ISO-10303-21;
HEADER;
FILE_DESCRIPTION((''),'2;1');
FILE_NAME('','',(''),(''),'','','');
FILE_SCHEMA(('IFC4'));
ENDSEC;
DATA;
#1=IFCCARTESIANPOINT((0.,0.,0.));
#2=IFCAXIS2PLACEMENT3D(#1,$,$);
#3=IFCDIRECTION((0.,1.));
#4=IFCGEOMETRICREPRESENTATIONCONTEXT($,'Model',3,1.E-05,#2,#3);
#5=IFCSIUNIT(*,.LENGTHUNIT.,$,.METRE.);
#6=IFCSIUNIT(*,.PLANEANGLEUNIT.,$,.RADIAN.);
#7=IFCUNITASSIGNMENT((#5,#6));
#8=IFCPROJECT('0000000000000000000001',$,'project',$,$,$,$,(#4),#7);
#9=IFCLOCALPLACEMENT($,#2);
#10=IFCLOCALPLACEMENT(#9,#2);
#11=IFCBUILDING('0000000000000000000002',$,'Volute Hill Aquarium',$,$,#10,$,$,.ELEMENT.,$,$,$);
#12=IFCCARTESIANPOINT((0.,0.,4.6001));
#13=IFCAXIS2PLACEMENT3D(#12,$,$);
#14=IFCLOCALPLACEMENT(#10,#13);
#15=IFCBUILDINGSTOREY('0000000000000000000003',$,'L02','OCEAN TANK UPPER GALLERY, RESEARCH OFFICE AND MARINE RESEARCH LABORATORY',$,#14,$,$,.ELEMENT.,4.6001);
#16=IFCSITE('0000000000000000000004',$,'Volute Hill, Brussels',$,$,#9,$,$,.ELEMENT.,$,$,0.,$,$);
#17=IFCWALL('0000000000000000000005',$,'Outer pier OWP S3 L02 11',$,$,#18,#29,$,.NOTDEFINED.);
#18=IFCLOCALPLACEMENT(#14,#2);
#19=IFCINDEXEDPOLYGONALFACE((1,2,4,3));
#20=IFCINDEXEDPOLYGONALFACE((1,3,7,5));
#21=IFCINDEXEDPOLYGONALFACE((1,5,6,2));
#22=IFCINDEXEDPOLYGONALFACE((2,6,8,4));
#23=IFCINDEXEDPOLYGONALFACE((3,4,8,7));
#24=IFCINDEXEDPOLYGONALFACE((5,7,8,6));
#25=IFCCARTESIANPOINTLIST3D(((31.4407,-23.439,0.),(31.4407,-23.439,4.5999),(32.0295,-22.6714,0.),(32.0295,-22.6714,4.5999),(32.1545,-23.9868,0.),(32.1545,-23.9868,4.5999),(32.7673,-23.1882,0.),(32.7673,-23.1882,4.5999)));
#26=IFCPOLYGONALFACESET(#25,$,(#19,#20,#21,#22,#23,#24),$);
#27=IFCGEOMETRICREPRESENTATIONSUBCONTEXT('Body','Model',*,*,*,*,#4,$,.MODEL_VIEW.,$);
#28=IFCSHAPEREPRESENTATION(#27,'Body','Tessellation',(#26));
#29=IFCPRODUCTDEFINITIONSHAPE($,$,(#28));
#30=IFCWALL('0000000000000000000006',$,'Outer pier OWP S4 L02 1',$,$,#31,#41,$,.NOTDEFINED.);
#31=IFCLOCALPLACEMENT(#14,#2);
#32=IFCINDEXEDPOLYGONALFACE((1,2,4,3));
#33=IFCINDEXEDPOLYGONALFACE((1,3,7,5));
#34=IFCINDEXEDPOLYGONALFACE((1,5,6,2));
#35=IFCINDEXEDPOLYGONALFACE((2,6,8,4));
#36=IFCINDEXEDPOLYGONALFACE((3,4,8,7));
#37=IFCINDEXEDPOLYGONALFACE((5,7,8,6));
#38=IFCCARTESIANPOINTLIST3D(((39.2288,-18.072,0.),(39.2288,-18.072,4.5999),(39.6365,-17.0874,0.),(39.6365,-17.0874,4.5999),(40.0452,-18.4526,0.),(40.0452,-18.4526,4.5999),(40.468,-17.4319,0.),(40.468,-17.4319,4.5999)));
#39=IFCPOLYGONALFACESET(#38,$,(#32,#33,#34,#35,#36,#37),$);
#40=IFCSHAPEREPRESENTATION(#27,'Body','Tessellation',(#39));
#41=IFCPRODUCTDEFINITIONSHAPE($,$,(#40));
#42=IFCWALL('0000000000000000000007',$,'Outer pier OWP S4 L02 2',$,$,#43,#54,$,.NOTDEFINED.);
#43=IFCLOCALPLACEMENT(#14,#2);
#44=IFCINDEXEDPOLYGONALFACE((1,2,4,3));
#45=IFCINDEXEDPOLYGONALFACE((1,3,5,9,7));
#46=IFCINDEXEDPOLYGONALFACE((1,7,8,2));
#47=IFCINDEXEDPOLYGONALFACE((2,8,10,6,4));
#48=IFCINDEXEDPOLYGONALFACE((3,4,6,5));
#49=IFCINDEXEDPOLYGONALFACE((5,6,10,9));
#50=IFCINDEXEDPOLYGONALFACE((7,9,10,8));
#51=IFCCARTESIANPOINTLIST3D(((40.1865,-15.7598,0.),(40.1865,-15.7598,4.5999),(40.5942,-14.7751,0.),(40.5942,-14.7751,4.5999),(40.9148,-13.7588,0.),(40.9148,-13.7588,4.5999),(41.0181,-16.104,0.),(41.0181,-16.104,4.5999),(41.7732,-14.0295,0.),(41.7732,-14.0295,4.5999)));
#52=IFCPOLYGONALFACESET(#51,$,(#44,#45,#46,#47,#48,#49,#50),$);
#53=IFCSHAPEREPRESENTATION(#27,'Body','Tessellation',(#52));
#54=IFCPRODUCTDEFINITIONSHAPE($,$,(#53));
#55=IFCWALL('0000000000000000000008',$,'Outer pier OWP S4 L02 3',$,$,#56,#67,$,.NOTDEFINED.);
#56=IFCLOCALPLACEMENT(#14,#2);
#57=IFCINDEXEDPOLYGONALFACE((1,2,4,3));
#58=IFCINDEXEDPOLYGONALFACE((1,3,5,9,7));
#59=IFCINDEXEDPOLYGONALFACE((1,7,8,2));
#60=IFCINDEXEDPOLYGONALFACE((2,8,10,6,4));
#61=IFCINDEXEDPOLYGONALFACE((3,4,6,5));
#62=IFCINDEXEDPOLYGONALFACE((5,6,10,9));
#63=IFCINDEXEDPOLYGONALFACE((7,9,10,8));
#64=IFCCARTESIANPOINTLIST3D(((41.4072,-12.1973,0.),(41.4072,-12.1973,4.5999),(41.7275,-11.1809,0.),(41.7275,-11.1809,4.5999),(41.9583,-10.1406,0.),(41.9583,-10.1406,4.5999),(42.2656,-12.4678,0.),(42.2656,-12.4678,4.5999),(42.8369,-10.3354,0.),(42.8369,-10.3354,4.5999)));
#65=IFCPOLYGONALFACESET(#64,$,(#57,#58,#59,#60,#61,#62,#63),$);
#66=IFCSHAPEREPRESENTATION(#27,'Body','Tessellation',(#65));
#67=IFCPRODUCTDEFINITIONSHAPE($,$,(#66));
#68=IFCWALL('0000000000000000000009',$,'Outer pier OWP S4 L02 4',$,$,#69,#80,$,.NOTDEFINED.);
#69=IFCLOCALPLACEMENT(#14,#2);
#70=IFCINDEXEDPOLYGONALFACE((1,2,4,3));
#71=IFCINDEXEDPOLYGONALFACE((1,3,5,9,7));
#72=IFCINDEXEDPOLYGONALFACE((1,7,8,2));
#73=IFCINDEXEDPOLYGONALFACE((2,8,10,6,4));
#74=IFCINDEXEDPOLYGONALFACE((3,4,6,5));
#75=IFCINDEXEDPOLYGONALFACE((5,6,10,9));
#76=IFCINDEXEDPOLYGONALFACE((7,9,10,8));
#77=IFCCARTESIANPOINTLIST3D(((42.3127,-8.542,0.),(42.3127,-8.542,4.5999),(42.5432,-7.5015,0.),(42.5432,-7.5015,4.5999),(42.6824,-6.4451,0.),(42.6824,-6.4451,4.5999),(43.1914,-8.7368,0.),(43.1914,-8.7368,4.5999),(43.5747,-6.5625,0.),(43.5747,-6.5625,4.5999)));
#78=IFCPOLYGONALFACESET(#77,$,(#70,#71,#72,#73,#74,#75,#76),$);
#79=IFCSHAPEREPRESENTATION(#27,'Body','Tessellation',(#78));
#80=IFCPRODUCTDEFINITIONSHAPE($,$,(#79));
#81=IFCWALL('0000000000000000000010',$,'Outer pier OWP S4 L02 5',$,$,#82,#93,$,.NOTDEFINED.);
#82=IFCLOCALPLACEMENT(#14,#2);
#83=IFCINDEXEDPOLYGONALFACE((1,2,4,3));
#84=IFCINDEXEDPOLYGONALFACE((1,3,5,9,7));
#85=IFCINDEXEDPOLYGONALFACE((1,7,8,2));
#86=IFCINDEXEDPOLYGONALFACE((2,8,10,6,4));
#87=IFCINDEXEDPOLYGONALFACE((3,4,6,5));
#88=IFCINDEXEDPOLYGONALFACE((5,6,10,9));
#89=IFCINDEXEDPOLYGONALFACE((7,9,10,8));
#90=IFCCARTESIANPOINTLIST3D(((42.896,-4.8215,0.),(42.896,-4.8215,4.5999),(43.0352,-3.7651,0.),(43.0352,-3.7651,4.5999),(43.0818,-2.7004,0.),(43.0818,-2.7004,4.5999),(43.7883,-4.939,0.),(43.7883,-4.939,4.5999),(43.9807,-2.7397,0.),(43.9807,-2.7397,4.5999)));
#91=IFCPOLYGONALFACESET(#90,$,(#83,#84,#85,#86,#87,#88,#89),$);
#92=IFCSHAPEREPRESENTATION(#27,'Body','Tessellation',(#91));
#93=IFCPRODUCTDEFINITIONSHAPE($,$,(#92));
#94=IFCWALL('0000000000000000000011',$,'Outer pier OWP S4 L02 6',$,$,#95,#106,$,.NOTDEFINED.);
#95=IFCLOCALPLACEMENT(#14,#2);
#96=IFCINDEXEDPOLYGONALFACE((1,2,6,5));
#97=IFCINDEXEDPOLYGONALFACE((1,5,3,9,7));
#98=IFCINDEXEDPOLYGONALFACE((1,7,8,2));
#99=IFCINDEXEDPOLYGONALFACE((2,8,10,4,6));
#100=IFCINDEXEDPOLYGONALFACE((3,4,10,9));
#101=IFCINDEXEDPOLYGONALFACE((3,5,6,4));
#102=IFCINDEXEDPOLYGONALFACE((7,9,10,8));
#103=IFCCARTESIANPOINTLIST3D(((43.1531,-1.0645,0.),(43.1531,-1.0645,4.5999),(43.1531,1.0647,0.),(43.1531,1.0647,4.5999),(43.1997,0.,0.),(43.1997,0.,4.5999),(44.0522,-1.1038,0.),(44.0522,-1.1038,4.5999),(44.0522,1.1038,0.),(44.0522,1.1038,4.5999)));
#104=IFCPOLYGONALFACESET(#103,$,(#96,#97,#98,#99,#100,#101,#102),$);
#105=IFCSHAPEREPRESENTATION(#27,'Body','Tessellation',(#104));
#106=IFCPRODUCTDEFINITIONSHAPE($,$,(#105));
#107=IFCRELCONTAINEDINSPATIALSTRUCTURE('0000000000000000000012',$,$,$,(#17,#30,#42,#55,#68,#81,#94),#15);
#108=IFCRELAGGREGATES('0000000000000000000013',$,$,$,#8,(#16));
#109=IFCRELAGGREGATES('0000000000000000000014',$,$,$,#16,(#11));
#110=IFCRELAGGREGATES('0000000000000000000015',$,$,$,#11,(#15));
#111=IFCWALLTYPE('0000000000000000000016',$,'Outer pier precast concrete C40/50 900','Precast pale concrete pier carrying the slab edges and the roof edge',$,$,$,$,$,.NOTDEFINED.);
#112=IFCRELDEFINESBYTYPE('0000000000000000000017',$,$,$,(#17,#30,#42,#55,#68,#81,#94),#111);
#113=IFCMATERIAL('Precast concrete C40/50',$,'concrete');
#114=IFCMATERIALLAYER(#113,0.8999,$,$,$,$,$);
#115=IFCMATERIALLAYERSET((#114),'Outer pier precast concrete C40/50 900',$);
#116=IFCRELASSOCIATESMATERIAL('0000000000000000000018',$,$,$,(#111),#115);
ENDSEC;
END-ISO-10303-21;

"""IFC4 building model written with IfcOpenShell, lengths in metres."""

from ifc_helpers import new_model, si_unit, direction, frame, origin, place, context, subcontext, project, spatial, polyline, outline, extrude, material, layer, layer_set, type_object, element, save


model = new_model("IFC4")

# Units and contexts
model_context = context("Model", 3, precision=1e-05, world=origin(), true_north=direction((0.0, 1.0)))
body_context = subcontext(model_context, "Body", "Model", "MODEL_VIEW")
ifc_project = project(units=[si_unit("LENGTHUNIT", "METRE"), si_unit("PLANEANGLEUNIT", "RADIAN")], contexts=[model_context])

# Site, building, storey
site_placement = place(None, origin())
site = spatial("IfcSite", under=ifc_project, at=site_placement, Name="Volute Hill, Brussels", CompositionType="ELEMENT", RefElevation=0.0)
building_placement = place(site_placement, origin())
building = spatial("IfcBuilding", under=site, at=building_placement, Name="Volute Hill Aquarium", CompositionType="ELEMENT")
storey_placement = place(building_placement, frame((0.0, 0.0, 4.6001)))
storey = spatial("IfcBuildingStorey", under=building, at=storey_placement, Name="L02", Description="OCEAN TANK UPPER GALLERY, RESEARCH OFFICE AND MARINE RESEARCH LABORATORY", CompositionType="ELEMENT", Elevation=4.6001)

# Walls
ifc_material = material(Name="Precast concrete C40/50", Category="concrete")
ifc_layer = layer(ifc_material, 0.8999)
ifc_layer_set = layer_set([ifc_layer], Name="Outer pier precast concrete C40/50 900")
wall_type = type_object("IfcWallType", Name="Outer pier precast concrete C40/50 900", Description="Precast pale concrete pier carrying the slab edges and the roof edge", PredefinedType="NOTDEFINED", material=ifc_layer_set)
wall_1_placement = place(storey_placement, origin())
element("IfcWall", 1, at=wall_1_placement, inside=storey, type_object=wall_type, Name="Outer pier OWP S3 L02 11", PredefinedType="NOTDEFINED", context=body_context, shape_type="SweptSolid", body=[
    extrude(outline(polyline([(31.4407, -23.439), (32.1545, -23.9868), (32.7673, -23.1882), (32.0295, -22.6714), (31.4407, -23.439)])), origin(), (0.0, 0.0, 1.0), 4.5999),
])
wall_2_placement = place(storey_placement, origin())
element("IfcWall", 2, at=wall_2_placement, inside=storey, type_object=wall_type, Name="Outer pier OWP S4 L02 1", PredefinedType="NOTDEFINED", context=body_context, shape_type="SweptSolid", body=[
    extrude(outline(polyline([(39.2288, -18.072), (40.0452, -18.4526), (40.468, -17.4319), (39.6365, -17.0874), (39.2288, -18.072)])), origin(), (0.0, 0.0, 1.0), 4.5999),
])
wall_3_placement = place(storey_placement, origin())
element("IfcWall", 3, at=wall_3_placement, inside=storey, type_object=wall_type, Name="Outer pier OWP S4 L02 2", PredefinedType="NOTDEFINED", context=body_context, shape_type="SweptSolid", body=[
    extrude(outline(polyline([(40.1865, -15.7598), (41.0181, -16.104), (41.7732, -14.0295), (40.9148, -13.7588), (40.5942, -14.7751), (40.1865, -15.7598)])), origin(), (0.0, 0.0, 1.0), 4.5999),
])
wall_4_placement = place(storey_placement, origin())
element("IfcWall", 4, at=wall_4_placement, inside=storey, type_object=wall_type, Name="Outer pier OWP S4 L02 3", PredefinedType="NOTDEFINED", context=body_context, shape_type="SweptSolid", body=[
    extrude(outline(polyline([(41.4072, -12.1973), (42.2656, -12.4678), (42.8369, -10.3354), (41.9583, -10.1406), (41.7275, -11.1809), (41.4072, -12.1973)])), origin(), (0.0, 0.0, 1.0), 4.5999),
])
wall_5_placement = place(storey_placement, origin())
element("IfcWall", 5, at=wall_5_placement, inside=storey, type_object=wall_type, Name="Outer pier OWP S4 L02 4", PredefinedType="NOTDEFINED", context=body_context, shape_type="SweptSolid", body=[
    extrude(outline(polyline([(42.3127, -8.542), (43.1914, -8.7368), (43.5747, -6.5625), (42.6824, -6.4451), (42.5432, -7.5015), (42.3127, -8.542)])), origin(), (0.0, 0.0, 1.0), 4.5999),
])
wall_6_placement = place(storey_placement, origin())
element("IfcWall", 6, at=wall_6_placement, inside=storey, type_object=wall_type, Name="Outer pier OWP S4 L02 5", PredefinedType="NOTDEFINED", context=body_context, shape_type="SweptSolid", body=[
    extrude(outline(polyline([(42.896, -4.8215), (43.7883, -4.939), (43.9807, -2.7397), (43.0818, -2.7004), (43.0352, -3.7651), (42.896, -4.8215)])), origin(), (0.0, 0.0, 1.0), 4.5999),
])
wall_7_placement = place(storey_placement, origin())
element("IfcWall", 7, at=wall_7_placement, inside=storey, type_object=wall_type, Name="Outer pier OWP S4 L02 6", PredefinedType="NOTDEFINED", context=body_context, shape_type="SweptSolid", body=[
    extrude(outline(polyline([(43.1531, -1.0645), (44.0522, -1.1038), (44.0522, 1.1038), (43.1531, 1.0647), (43.1997, 0.0), (43.1531, -1.0645)])), origin(), (0.0, 0.0, 1.0), 4.5999),
])

save(model, "model.ifc")
